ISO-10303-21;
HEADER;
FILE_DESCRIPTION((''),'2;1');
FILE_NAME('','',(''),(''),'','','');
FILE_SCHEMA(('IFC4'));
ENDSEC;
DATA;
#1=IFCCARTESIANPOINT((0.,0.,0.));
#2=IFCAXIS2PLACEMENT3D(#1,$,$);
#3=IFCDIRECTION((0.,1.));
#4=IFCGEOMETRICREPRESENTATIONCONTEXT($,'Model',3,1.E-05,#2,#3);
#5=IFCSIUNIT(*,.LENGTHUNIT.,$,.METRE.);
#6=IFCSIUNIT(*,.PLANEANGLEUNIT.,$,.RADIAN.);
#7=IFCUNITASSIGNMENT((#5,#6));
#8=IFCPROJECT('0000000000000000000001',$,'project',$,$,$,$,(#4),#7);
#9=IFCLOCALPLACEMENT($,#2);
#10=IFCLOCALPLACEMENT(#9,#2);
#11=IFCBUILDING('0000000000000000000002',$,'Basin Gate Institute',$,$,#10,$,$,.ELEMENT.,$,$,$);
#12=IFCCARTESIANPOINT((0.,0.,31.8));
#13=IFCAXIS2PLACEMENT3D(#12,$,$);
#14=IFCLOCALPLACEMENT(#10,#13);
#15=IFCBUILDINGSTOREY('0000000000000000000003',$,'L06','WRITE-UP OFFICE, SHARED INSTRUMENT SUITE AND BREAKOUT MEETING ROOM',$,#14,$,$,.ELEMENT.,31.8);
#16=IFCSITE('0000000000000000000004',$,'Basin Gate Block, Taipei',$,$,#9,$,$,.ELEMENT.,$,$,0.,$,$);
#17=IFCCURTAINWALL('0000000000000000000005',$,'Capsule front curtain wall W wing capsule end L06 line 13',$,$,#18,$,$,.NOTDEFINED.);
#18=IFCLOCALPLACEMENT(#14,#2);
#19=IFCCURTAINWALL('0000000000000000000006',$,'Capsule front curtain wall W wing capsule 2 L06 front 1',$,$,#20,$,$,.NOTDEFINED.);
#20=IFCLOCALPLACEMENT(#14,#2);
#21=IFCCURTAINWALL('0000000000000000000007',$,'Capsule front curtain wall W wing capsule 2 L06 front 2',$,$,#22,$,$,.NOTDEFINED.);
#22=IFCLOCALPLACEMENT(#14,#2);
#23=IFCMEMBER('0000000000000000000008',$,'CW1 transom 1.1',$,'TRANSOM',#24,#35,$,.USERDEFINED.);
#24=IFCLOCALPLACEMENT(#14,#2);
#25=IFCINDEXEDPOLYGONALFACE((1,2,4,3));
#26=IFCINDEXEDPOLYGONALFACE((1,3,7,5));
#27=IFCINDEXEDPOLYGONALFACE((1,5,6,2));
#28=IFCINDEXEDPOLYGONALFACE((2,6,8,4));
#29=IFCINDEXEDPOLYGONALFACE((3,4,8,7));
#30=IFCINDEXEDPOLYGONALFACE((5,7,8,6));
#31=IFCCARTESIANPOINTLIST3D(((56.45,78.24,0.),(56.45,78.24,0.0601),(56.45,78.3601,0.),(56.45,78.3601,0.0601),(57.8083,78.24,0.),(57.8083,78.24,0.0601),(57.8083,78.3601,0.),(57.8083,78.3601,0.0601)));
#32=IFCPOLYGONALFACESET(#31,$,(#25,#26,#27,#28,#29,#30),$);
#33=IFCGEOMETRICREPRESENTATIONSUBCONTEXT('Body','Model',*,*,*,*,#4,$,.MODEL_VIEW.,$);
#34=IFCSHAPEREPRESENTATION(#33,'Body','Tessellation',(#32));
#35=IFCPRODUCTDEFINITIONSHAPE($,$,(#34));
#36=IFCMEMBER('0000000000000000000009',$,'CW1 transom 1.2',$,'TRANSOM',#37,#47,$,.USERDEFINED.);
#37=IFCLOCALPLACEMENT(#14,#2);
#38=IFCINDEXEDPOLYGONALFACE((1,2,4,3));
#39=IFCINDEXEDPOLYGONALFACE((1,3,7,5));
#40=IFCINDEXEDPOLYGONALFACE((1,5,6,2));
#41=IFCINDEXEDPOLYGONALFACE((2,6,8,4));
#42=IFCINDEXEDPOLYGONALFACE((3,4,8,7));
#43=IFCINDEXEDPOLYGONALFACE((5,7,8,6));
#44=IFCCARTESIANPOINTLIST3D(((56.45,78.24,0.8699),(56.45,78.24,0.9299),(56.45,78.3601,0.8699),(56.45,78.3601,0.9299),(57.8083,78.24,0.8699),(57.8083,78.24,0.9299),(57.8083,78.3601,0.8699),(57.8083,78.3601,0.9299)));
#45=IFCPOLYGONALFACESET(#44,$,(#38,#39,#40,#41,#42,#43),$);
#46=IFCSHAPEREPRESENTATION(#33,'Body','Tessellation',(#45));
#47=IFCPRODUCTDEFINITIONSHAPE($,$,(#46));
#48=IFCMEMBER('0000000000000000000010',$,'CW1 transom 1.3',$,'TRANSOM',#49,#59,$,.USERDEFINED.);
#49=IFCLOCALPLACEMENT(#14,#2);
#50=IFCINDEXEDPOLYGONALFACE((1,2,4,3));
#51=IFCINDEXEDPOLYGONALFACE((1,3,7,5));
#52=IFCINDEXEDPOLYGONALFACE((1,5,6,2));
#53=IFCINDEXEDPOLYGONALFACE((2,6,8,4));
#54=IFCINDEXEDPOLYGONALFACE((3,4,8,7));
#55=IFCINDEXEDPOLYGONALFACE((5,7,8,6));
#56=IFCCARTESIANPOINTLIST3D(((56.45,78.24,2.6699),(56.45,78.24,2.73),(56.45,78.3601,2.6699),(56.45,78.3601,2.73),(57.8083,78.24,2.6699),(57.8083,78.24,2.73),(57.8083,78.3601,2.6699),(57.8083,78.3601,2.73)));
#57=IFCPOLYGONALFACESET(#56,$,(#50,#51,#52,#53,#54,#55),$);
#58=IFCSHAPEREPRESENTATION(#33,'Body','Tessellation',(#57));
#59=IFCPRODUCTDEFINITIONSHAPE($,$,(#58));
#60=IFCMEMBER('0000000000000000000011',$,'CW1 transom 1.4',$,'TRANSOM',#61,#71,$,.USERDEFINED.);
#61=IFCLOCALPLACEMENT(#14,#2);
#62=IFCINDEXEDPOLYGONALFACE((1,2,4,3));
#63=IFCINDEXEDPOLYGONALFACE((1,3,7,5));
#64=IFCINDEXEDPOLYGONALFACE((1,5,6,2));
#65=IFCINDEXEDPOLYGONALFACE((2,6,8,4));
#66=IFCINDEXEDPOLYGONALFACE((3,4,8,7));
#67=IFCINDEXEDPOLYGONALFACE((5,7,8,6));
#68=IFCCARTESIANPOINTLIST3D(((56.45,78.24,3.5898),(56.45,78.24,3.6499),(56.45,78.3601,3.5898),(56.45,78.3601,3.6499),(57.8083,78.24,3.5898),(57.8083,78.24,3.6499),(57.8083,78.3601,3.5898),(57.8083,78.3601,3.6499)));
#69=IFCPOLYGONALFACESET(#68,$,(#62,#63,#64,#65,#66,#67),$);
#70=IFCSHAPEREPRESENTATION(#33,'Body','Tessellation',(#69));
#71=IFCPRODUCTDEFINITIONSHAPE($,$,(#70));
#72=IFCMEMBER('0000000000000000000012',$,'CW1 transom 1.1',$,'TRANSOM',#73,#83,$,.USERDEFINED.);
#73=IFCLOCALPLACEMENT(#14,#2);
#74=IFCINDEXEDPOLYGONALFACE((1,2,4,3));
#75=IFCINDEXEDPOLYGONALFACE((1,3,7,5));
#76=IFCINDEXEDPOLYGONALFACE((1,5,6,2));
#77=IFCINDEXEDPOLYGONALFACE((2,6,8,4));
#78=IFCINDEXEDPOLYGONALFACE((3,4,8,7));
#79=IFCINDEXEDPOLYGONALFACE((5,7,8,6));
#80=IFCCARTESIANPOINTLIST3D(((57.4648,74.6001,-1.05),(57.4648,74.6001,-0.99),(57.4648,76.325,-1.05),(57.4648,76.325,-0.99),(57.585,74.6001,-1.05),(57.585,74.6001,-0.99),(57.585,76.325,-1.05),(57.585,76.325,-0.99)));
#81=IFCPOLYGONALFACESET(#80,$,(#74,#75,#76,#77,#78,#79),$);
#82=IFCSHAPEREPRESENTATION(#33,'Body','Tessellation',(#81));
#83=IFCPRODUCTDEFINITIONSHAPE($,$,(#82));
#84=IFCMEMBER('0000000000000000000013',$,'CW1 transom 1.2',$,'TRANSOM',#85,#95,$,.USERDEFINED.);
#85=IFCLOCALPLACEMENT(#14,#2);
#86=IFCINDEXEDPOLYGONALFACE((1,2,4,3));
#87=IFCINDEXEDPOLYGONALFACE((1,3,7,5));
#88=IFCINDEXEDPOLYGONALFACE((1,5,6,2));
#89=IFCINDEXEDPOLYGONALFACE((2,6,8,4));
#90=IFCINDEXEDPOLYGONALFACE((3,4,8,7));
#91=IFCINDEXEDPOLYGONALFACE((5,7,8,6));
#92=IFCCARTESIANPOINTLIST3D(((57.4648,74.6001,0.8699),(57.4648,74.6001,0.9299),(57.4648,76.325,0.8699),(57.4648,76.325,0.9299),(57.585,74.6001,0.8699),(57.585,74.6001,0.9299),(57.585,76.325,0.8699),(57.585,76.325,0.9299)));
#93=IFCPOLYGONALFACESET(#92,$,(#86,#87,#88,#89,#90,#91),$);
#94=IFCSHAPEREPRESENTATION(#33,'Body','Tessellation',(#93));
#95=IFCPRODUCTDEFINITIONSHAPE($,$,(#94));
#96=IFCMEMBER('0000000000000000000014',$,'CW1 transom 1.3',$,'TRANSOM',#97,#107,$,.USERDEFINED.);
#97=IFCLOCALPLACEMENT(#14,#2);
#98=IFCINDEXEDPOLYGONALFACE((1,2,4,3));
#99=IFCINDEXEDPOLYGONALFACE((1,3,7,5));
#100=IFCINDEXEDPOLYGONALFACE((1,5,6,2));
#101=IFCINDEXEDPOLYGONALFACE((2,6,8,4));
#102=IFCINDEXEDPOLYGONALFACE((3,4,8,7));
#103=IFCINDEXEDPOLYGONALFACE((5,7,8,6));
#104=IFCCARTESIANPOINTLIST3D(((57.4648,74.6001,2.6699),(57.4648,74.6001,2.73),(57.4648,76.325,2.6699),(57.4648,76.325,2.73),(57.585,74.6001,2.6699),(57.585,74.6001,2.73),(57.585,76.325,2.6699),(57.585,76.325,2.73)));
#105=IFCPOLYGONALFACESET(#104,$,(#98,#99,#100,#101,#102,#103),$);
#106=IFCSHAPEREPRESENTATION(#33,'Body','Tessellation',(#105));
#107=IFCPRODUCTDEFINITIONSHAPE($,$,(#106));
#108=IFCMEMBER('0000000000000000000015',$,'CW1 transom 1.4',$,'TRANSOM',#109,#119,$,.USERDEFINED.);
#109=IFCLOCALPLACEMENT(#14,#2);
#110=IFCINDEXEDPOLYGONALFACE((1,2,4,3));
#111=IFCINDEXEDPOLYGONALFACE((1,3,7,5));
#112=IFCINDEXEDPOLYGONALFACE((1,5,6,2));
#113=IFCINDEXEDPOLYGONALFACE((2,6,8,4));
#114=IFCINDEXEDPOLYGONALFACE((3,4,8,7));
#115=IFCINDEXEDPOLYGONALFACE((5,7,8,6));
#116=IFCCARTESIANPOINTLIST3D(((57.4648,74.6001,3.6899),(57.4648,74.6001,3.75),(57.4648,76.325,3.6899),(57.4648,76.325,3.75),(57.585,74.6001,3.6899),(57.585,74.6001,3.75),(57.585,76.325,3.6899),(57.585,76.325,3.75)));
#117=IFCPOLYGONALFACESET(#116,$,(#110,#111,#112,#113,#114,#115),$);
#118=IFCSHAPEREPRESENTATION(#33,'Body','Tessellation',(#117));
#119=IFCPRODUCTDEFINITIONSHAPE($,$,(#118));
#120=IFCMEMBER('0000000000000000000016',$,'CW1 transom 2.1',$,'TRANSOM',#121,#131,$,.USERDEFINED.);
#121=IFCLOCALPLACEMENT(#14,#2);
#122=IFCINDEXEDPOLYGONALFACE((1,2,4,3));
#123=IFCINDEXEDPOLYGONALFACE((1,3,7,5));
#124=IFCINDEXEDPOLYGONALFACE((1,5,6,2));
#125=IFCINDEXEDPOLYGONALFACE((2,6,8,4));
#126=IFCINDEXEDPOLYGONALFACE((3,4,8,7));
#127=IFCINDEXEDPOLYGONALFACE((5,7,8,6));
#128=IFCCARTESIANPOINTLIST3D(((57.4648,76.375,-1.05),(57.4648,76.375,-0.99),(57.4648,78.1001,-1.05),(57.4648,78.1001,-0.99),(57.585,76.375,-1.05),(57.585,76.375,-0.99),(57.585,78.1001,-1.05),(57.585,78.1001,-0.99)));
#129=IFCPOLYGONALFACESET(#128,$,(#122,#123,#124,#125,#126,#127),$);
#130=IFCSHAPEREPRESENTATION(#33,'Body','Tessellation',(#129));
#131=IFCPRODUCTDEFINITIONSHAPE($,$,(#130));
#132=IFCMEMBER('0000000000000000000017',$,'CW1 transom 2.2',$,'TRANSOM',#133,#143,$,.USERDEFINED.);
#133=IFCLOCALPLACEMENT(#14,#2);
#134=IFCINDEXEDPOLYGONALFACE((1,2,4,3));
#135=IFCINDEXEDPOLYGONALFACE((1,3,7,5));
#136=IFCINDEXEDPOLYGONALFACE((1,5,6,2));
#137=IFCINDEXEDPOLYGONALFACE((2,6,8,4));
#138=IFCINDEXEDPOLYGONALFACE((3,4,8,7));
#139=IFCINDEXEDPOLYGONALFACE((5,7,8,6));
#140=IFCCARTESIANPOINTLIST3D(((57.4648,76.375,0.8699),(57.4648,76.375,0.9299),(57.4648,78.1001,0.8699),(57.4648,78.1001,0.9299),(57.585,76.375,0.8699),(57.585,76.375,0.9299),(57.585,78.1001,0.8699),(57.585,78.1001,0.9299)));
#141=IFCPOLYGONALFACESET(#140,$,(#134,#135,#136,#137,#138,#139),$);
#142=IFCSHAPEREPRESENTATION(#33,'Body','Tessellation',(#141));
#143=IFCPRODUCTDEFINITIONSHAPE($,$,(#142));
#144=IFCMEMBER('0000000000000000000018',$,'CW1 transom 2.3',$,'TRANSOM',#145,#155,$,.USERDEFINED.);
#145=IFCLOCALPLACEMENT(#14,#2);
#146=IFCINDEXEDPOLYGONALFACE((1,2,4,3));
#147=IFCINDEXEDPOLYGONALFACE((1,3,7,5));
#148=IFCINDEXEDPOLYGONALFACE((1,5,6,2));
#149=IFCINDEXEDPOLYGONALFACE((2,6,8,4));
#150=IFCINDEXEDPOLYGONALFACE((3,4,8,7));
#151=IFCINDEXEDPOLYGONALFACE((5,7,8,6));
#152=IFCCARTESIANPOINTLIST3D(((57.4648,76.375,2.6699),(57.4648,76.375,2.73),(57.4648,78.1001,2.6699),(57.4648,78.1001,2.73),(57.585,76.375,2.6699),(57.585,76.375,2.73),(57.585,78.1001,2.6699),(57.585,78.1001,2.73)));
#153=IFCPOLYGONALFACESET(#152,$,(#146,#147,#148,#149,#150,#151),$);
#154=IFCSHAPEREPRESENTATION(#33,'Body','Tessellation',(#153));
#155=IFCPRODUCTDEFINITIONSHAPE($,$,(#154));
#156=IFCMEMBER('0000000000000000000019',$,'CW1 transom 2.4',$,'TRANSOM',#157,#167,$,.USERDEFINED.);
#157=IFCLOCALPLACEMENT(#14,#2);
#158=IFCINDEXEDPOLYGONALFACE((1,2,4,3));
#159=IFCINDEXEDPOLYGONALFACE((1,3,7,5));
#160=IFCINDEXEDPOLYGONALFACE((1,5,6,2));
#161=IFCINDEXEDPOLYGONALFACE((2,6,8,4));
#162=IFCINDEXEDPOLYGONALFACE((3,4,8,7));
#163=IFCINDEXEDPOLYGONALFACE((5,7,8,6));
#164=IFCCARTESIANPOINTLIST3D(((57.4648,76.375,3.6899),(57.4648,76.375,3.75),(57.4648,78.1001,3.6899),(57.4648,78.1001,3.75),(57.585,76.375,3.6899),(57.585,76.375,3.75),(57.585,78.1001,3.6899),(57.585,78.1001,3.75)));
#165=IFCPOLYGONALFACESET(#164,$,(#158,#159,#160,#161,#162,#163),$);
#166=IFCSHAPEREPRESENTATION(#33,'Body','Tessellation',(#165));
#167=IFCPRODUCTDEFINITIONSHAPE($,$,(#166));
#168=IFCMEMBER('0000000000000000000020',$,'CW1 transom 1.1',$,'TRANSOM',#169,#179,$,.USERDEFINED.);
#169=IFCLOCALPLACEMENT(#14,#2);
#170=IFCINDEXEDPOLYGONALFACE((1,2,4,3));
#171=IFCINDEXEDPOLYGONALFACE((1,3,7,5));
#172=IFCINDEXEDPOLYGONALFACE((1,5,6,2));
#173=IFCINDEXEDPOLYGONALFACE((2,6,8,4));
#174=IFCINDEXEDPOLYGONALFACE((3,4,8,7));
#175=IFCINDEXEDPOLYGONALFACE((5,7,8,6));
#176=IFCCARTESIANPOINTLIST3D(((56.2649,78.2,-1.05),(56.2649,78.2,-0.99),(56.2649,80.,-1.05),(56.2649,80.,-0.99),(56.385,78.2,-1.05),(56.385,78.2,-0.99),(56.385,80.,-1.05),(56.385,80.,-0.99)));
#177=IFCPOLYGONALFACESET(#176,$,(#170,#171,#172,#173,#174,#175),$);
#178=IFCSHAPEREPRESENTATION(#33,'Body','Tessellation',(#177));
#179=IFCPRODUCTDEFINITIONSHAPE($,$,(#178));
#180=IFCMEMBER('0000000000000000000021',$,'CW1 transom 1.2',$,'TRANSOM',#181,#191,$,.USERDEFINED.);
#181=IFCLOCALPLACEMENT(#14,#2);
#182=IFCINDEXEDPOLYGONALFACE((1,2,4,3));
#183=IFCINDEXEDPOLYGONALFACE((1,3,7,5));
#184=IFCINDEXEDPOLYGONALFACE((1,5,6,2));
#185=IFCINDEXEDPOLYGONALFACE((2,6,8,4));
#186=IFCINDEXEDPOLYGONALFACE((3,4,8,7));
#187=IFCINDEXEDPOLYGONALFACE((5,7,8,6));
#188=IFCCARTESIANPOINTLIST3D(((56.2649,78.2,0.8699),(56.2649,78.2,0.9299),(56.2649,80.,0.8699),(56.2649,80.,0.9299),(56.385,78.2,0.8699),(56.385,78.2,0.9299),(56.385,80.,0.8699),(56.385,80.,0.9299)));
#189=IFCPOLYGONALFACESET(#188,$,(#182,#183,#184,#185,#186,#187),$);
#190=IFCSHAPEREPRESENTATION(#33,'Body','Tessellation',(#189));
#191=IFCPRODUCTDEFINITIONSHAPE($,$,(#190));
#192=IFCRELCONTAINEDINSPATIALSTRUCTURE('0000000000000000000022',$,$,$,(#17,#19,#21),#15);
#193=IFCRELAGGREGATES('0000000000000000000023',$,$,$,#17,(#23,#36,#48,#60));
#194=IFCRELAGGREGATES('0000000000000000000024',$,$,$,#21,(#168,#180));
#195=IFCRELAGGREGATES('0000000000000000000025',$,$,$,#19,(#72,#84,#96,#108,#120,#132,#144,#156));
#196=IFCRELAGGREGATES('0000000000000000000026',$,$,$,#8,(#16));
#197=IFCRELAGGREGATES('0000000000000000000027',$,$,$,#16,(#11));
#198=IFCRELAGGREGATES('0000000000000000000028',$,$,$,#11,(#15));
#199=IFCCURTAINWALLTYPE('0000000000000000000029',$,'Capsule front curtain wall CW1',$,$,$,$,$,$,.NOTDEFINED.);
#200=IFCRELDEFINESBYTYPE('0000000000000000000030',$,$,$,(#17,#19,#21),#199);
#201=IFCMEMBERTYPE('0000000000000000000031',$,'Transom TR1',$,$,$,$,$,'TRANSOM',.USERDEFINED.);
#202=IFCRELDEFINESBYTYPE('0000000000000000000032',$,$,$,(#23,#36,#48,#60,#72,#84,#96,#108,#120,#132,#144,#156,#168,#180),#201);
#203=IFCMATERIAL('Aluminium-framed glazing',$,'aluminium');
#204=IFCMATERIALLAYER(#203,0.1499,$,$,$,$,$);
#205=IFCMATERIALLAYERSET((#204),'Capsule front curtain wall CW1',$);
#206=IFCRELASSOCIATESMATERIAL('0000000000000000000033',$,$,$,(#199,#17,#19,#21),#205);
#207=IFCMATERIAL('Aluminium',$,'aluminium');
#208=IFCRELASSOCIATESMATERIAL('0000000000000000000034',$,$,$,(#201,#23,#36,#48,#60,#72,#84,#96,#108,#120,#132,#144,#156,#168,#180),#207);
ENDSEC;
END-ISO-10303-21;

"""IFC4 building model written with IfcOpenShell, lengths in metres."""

from ifc_helpers import new_model, si_unit, direction, frame, origin, origin_2d, place, context, subcontext, project, spatial, rectangle, extrude, material, layer, layer_set, material_profile, profile_set, type_object, element, aggregate, save


model = new_model("IFC4")

# Units and contexts
model_context = context("Model", 3, precision=1e-05, world=origin(), true_north=direction((0.0, 1.0)))
body_context = subcontext(model_context, "Body", "Model", "MODEL_VIEW")
ifc_project = project(units=[si_unit("LENGTHUNIT", "METRE"), si_unit("PLANEANGLEUNIT", "RADIAN")], contexts=[model_context])

# Site, building, storey
site_placement = place(None, origin())
site = spatial("IfcSite", under=ifc_project, at=site_placement, Name="Basin Gate Block, Taipei", CompositionType="ELEMENT", RefElevation=0.0)
building_placement = place(site_placement, origin())
building = spatial("IfcBuilding", under=site, at=building_placement, Name="Basin Gate Institute", CompositionType="ELEMENT")
storey_placement = place(building_placement, frame((0.0, 0.0, 31.8)))
storey = spatial("IfcBuildingStorey", under=building, at=storey_placement, Name="L06", Description="WRITE-UP OFFICE, SHARED INSTRUMENT SUITE AND BREAKOUT MEETING ROOM", CompositionType="ELEMENT", Elevation=31.8)

# Shared definitions
ifc_material_1 = material(Name="Aluminium-framed glazing", Category="aluminium")
ifc_layer_1 = layer(ifc_material_1, 0.1499)
ifc_layer_set_1 = layer_set([ifc_layer_1], Name="Capsule front curtain wall CW1")
curtain_wall_type = type_object("IfcCurtainWallType", Name="Capsule front curtain wall CW1", PredefinedType="NOTDEFINED", material=ifc_layer_set_1)

# Curtain wall
curtain_wall_1_placement = place(storey_placement, origin())
curtain_wall_1 = element("IfcCurtainWall", 1, at=curtain_wall_1_placement, inside=storey, type_object=curtain_wall_type, material=ifc_layer_set_1, Name="Capsule front curtain wall W wing capsule end L06 line 13", PredefinedType="NOTDEFINED")

# Curtain wall
curtain_wall_2_placement = place(storey_placement, origin())
curtain_wall_2 = element("IfcCurtainWall", 2, at=curtain_wall_2_placement, inside=storey, type_object=curtain_wall_type, material=ifc_layer_set_1, Name="Capsule front curtain wall W wing capsule 2 L06 front 1", PredefinedType="NOTDEFINED")

# Curtain wall
curtain_wall_3_placement = place(storey_placement, origin())
curtain_wall_3 = element("IfcCurtainWall", 3, at=curtain_wall_3_placement, inside=storey, type_object=curtain_wall_type, material=ifc_layer_set_1, Name="Capsule front curtain wall W wing capsule 2 L06 front 2", PredefinedType="NOTDEFINED")

# Members
ifc_material_2 = material(Name="Aluminium", Category="aluminium")
ifc_material_profile_1 = material_profile(ifc_material_2, rectangle(XDim=0.1201, YDim=0.0601, at=origin_2d()), Name="Transom TR1 120 x 60")
ifc_profile_set_1 = profile_set([ifc_material_profile_1], Name="Aluminium")
member_type_1 = type_object("IfcMemberType", Name="Transom TR1", ElementType="TRANSOM", PredefinedType="USERDEFINED", material=ifc_profile_set_1)
member_1_placement = place(storey_placement, frame((56.45, 78.3, 0.03), z_axis=(1.0, 0.0, 0.0), x_axis=(0.0, 1.0, 0.0)))
member_1 = element("IfcMember", 4, at=member_1_placement, type_object=member_type_1, material=ifc_profile_set_1, Name="CW1 transom 1.1", ObjectType="TRANSOM", PredefinedType="USERDEFINED", context=body_context, shape_type="SweptSolid", body=[
    extrude(rectangle(XDim=0.1201, YDim=0.0601, at=origin_2d()), origin(), (0.0, 0.0, 1.0), 1.3584),
])
member_2_placement = place(storey_placement, frame((56.45, 78.3, 0.8999), z_axis=(1.0, 0.0, 0.0), x_axis=(0.0, 1.0, 0.0)))
member_2 = element("IfcMember", 5, at=member_2_placement, type_object=member_type_1, material=ifc_profile_set_1, Name="CW1 transom 1.2", ObjectType="TRANSOM", PredefinedType="USERDEFINED", context=body_context, shape_type="SweptSolid", body=[
    extrude(rectangle(XDim=0.1201, YDim=0.0601, at=origin_2d()), origin(), (0.0, 0.0, 1.0), 1.3584),
])
member_3_placement = place(storey_placement, frame((56.45, 78.3, 2.7), z_axis=(1.0, 0.0, 0.0), x_axis=(0.0, 1.0, 0.0)))
member_3 = element("IfcMember", 6, at=member_3_placement, type_object=member_type_1, material=ifc_profile_set_1, Name="CW1 transom 1.3", ObjectType="TRANSOM", PredefinedType="USERDEFINED", context=body_context, shape_type="SweptSolid", body=[
    extrude(rectangle(XDim=0.1201, YDim=0.0601, at=origin_2d()), origin(), (0.0, 0.0, 1.0), 1.3584),
])
member_4_placement = place(storey_placement, frame((56.45, 78.3, 3.6199), z_axis=(1.0, 0.0, 0.0), x_axis=(0.0, 1.0, 0.0)))
member_4 = element("IfcMember", 7, at=member_4_placement, type_object=member_type_1, material=ifc_profile_set_1, Name="CW1 transom 1.4", ObjectType="TRANSOM", PredefinedType="USERDEFINED", context=body_context, shape_type="SweptSolid", body=[
    extrude(rectangle(XDim=0.1201, YDim=0.0601, at=origin_2d()), origin(), (0.0, 0.0, 1.0), 1.3584),
])
aggregate(curtain_wall_1, [member_1, member_2, member_3, member_4])
member_5_placement = place(storey_placement, frame((57.5249, 74.6001, -1.02), z_axis=(0.0, 1.0, 0.0), x_axis=(-1.0, 0.0, 0.0)))
member_5 = element("IfcMember", 8, at=member_5_placement, type_object=member_type_1, material=ifc_profile_set_1, Name="CW1 transom 1.1", ObjectType="TRANSOM", PredefinedType="USERDEFINED", context=body_context, shape_type="SweptSolid", body=[
    extrude(rectangle(XDim=0.1201, YDim=0.0601, at=origin_2d()), origin(), (0.0, 0.0, 1.0), 1.7249),
])
member_6_placement = place(storey_placement, frame((57.5249, 74.6001, 0.8999), z_axis=(0.0, 1.0, 0.0), x_axis=(-1.0, 0.0, 0.0)))
member_6 = element("IfcMember", 9, at=member_6_placement, type_object=member_type_1, material=ifc_profile_set_1, Name="CW1 transom 1.2", ObjectType="TRANSOM", PredefinedType="USERDEFINED", context=body_context, shape_type="SweptSolid", body=[
    extrude(rectangle(XDim=0.1201, YDim=0.0601, at=origin_2d()), origin(), (0.0, 0.0, 1.0), 1.7249),
])
member_7_placement = place(storey_placement, frame((57.5249, 74.6001, 2.7), z_axis=(0.0, 1.0, 0.0), x_axis=(-1.0, 0.0, 0.0)))
member_7 = element("IfcMember", 10, at=member_7_placement, type_object=member_type_1, material=ifc_profile_set_1, Name="CW1 transom 1.3", ObjectType="TRANSOM", PredefinedType="USERDEFINED", context=body_context, shape_type="SweptSolid", body=[
    extrude(rectangle(XDim=0.1201, YDim=0.0601, at=origin_2d()), origin(), (0.0, 0.0, 1.0), 1.7249),
])
member_8_placement = place(storey_placement, frame((57.5249, 74.6001, 3.72), z_axis=(0.0, 1.0, 0.0), x_axis=(-1.0, 0.0, 0.0)))
member_8 = element("IfcMember", 11, at=member_8_placement, type_object=member_type_1, material=ifc_profile_set_1, Name="CW1 transom 1.4", ObjectType="TRANSOM", PredefinedType="USERDEFINED", context=body_context, shape_type="SweptSolid", body=[
    extrude(rectangle(XDim=0.1201, YDim=0.0601, at=origin_2d()), origin(), (0.0, 0.0, 1.0), 1.7249),
])
member_9_placement = place(storey_placement, frame((57.5249, 76.375, -1.02), z_axis=(0.0, 1.0, 0.0), x_axis=(-1.0, 0.0, 0.0)))
member_9 = element("IfcMember", 12, at=member_9_placement, type_object=member_type_1, material=ifc_profile_set_1, Name="CW1 transom 2.1", ObjectType="TRANSOM", PredefinedType="USERDEFINED", context=body_context, shape_type="SweptSolid", body=[
    extrude(rectangle(XDim=0.1201, YDim=0.0601, at=origin_2d()), origin(), (0.0, 0.0, 1.0), 1.7251),
])
member_10_placement = place(storey_placement, frame((57.5249, 76.375, 0.8999), z_axis=(0.0, 1.0, 0.0), x_axis=(-1.0, 0.0, 0.0)))
member_10 = element("IfcMember", 13, at=member_10_placement, type_object=member_type_1, material=ifc_profile_set_1, Name="CW1 transom 2.2", ObjectType="TRANSOM", PredefinedType="USERDEFINED", context=body_context, shape_type="SweptSolid", body=[
    extrude(rectangle(XDim=0.1201, YDim=0.0601, at=origin_2d()), origin(), (0.0, 0.0, 1.0), 1.7251),
])
member_11_placement = place(storey_placement, frame((57.5249, 76.375, 2.7), z_axis=(0.0, 1.0, 0.0), x_axis=(-1.0, 0.0, 0.0)))
member_11 = element("IfcMember", 14, at=member_11_placement, type_object=member_type_1, material=ifc_profile_set_1, Name="CW1 transom 2.3", ObjectType="TRANSOM", PredefinedType="USERDEFINED", context=body_context, shape_type="SweptSolid", body=[
    extrude(rectangle(XDim=0.1201, YDim=0.0601, at=origin_2d()), origin(), (0.0, 0.0, 1.0), 1.7251),
])
member_12_placement = place(storey_placement, frame((57.5249, 76.375, 3.72), z_axis=(0.0, 1.0, 0.0), x_axis=(-1.0, 0.0, 0.0)))
member_12 = element("IfcMember", 15, at=member_12_placement, type_object=member_type_1, material=ifc_profile_set_1, Name="CW1 transom 2.4", ObjectType="TRANSOM", PredefinedType="USERDEFINED", context=body_context, shape_type="SweptSolid", body=[
    extrude(rectangle(XDim=0.1201, YDim=0.0601, at=origin_2d()), origin(), (0.0, 0.0, 1.0), 1.7251),
])
member_13_placement = place(storey_placement, frame((56.325, 78.2, -1.02), z_axis=(0.0, 1.0, 0.0), x_axis=(-1.0, 0.0, 0.0)))
member_13 = element("IfcMember", 16, at=member_13_placement, type_object=member_type_1, material=ifc_profile_set_1, Name="CW1 transom 1.1", ObjectType="TRANSOM", PredefinedType="USERDEFINED", context=body_context, shape_type="SweptSolid", body=[
    extrude(rectangle(XDim=0.1201, YDim=0.0601, at=origin_2d()), origin(), (0.0, 0.0, 1.0), 1.8),
])
member_14_placement = place(storey_placement, frame((56.325, 78.2, 0.8999), z_axis=(0.0, 1.0, 0.0), x_axis=(-1.0, 0.0, 0.0)))
member_14 = element("IfcMember", 17, at=member_14_placement, type_object=member_type_1, material=ifc_profile_set_1, Name="CW1 transom 1.2", ObjectType="TRANSOM", PredefinedType="USERDEFINED", context=body_context, shape_type="SweptSolid", body=[
    extrude(rectangle(XDim=0.1201, YDim=0.0601, at=origin_2d()), origin(), (0.0, 0.0, 1.0), 1.8),
])
aggregate(curtain_wall_3, [member_13, member_14])

aggregate(curtain_wall_2, [member_5, member_6, member_7, member_8, member_9, member_10, member_11, member_12])

save(model, "model.ifc")
